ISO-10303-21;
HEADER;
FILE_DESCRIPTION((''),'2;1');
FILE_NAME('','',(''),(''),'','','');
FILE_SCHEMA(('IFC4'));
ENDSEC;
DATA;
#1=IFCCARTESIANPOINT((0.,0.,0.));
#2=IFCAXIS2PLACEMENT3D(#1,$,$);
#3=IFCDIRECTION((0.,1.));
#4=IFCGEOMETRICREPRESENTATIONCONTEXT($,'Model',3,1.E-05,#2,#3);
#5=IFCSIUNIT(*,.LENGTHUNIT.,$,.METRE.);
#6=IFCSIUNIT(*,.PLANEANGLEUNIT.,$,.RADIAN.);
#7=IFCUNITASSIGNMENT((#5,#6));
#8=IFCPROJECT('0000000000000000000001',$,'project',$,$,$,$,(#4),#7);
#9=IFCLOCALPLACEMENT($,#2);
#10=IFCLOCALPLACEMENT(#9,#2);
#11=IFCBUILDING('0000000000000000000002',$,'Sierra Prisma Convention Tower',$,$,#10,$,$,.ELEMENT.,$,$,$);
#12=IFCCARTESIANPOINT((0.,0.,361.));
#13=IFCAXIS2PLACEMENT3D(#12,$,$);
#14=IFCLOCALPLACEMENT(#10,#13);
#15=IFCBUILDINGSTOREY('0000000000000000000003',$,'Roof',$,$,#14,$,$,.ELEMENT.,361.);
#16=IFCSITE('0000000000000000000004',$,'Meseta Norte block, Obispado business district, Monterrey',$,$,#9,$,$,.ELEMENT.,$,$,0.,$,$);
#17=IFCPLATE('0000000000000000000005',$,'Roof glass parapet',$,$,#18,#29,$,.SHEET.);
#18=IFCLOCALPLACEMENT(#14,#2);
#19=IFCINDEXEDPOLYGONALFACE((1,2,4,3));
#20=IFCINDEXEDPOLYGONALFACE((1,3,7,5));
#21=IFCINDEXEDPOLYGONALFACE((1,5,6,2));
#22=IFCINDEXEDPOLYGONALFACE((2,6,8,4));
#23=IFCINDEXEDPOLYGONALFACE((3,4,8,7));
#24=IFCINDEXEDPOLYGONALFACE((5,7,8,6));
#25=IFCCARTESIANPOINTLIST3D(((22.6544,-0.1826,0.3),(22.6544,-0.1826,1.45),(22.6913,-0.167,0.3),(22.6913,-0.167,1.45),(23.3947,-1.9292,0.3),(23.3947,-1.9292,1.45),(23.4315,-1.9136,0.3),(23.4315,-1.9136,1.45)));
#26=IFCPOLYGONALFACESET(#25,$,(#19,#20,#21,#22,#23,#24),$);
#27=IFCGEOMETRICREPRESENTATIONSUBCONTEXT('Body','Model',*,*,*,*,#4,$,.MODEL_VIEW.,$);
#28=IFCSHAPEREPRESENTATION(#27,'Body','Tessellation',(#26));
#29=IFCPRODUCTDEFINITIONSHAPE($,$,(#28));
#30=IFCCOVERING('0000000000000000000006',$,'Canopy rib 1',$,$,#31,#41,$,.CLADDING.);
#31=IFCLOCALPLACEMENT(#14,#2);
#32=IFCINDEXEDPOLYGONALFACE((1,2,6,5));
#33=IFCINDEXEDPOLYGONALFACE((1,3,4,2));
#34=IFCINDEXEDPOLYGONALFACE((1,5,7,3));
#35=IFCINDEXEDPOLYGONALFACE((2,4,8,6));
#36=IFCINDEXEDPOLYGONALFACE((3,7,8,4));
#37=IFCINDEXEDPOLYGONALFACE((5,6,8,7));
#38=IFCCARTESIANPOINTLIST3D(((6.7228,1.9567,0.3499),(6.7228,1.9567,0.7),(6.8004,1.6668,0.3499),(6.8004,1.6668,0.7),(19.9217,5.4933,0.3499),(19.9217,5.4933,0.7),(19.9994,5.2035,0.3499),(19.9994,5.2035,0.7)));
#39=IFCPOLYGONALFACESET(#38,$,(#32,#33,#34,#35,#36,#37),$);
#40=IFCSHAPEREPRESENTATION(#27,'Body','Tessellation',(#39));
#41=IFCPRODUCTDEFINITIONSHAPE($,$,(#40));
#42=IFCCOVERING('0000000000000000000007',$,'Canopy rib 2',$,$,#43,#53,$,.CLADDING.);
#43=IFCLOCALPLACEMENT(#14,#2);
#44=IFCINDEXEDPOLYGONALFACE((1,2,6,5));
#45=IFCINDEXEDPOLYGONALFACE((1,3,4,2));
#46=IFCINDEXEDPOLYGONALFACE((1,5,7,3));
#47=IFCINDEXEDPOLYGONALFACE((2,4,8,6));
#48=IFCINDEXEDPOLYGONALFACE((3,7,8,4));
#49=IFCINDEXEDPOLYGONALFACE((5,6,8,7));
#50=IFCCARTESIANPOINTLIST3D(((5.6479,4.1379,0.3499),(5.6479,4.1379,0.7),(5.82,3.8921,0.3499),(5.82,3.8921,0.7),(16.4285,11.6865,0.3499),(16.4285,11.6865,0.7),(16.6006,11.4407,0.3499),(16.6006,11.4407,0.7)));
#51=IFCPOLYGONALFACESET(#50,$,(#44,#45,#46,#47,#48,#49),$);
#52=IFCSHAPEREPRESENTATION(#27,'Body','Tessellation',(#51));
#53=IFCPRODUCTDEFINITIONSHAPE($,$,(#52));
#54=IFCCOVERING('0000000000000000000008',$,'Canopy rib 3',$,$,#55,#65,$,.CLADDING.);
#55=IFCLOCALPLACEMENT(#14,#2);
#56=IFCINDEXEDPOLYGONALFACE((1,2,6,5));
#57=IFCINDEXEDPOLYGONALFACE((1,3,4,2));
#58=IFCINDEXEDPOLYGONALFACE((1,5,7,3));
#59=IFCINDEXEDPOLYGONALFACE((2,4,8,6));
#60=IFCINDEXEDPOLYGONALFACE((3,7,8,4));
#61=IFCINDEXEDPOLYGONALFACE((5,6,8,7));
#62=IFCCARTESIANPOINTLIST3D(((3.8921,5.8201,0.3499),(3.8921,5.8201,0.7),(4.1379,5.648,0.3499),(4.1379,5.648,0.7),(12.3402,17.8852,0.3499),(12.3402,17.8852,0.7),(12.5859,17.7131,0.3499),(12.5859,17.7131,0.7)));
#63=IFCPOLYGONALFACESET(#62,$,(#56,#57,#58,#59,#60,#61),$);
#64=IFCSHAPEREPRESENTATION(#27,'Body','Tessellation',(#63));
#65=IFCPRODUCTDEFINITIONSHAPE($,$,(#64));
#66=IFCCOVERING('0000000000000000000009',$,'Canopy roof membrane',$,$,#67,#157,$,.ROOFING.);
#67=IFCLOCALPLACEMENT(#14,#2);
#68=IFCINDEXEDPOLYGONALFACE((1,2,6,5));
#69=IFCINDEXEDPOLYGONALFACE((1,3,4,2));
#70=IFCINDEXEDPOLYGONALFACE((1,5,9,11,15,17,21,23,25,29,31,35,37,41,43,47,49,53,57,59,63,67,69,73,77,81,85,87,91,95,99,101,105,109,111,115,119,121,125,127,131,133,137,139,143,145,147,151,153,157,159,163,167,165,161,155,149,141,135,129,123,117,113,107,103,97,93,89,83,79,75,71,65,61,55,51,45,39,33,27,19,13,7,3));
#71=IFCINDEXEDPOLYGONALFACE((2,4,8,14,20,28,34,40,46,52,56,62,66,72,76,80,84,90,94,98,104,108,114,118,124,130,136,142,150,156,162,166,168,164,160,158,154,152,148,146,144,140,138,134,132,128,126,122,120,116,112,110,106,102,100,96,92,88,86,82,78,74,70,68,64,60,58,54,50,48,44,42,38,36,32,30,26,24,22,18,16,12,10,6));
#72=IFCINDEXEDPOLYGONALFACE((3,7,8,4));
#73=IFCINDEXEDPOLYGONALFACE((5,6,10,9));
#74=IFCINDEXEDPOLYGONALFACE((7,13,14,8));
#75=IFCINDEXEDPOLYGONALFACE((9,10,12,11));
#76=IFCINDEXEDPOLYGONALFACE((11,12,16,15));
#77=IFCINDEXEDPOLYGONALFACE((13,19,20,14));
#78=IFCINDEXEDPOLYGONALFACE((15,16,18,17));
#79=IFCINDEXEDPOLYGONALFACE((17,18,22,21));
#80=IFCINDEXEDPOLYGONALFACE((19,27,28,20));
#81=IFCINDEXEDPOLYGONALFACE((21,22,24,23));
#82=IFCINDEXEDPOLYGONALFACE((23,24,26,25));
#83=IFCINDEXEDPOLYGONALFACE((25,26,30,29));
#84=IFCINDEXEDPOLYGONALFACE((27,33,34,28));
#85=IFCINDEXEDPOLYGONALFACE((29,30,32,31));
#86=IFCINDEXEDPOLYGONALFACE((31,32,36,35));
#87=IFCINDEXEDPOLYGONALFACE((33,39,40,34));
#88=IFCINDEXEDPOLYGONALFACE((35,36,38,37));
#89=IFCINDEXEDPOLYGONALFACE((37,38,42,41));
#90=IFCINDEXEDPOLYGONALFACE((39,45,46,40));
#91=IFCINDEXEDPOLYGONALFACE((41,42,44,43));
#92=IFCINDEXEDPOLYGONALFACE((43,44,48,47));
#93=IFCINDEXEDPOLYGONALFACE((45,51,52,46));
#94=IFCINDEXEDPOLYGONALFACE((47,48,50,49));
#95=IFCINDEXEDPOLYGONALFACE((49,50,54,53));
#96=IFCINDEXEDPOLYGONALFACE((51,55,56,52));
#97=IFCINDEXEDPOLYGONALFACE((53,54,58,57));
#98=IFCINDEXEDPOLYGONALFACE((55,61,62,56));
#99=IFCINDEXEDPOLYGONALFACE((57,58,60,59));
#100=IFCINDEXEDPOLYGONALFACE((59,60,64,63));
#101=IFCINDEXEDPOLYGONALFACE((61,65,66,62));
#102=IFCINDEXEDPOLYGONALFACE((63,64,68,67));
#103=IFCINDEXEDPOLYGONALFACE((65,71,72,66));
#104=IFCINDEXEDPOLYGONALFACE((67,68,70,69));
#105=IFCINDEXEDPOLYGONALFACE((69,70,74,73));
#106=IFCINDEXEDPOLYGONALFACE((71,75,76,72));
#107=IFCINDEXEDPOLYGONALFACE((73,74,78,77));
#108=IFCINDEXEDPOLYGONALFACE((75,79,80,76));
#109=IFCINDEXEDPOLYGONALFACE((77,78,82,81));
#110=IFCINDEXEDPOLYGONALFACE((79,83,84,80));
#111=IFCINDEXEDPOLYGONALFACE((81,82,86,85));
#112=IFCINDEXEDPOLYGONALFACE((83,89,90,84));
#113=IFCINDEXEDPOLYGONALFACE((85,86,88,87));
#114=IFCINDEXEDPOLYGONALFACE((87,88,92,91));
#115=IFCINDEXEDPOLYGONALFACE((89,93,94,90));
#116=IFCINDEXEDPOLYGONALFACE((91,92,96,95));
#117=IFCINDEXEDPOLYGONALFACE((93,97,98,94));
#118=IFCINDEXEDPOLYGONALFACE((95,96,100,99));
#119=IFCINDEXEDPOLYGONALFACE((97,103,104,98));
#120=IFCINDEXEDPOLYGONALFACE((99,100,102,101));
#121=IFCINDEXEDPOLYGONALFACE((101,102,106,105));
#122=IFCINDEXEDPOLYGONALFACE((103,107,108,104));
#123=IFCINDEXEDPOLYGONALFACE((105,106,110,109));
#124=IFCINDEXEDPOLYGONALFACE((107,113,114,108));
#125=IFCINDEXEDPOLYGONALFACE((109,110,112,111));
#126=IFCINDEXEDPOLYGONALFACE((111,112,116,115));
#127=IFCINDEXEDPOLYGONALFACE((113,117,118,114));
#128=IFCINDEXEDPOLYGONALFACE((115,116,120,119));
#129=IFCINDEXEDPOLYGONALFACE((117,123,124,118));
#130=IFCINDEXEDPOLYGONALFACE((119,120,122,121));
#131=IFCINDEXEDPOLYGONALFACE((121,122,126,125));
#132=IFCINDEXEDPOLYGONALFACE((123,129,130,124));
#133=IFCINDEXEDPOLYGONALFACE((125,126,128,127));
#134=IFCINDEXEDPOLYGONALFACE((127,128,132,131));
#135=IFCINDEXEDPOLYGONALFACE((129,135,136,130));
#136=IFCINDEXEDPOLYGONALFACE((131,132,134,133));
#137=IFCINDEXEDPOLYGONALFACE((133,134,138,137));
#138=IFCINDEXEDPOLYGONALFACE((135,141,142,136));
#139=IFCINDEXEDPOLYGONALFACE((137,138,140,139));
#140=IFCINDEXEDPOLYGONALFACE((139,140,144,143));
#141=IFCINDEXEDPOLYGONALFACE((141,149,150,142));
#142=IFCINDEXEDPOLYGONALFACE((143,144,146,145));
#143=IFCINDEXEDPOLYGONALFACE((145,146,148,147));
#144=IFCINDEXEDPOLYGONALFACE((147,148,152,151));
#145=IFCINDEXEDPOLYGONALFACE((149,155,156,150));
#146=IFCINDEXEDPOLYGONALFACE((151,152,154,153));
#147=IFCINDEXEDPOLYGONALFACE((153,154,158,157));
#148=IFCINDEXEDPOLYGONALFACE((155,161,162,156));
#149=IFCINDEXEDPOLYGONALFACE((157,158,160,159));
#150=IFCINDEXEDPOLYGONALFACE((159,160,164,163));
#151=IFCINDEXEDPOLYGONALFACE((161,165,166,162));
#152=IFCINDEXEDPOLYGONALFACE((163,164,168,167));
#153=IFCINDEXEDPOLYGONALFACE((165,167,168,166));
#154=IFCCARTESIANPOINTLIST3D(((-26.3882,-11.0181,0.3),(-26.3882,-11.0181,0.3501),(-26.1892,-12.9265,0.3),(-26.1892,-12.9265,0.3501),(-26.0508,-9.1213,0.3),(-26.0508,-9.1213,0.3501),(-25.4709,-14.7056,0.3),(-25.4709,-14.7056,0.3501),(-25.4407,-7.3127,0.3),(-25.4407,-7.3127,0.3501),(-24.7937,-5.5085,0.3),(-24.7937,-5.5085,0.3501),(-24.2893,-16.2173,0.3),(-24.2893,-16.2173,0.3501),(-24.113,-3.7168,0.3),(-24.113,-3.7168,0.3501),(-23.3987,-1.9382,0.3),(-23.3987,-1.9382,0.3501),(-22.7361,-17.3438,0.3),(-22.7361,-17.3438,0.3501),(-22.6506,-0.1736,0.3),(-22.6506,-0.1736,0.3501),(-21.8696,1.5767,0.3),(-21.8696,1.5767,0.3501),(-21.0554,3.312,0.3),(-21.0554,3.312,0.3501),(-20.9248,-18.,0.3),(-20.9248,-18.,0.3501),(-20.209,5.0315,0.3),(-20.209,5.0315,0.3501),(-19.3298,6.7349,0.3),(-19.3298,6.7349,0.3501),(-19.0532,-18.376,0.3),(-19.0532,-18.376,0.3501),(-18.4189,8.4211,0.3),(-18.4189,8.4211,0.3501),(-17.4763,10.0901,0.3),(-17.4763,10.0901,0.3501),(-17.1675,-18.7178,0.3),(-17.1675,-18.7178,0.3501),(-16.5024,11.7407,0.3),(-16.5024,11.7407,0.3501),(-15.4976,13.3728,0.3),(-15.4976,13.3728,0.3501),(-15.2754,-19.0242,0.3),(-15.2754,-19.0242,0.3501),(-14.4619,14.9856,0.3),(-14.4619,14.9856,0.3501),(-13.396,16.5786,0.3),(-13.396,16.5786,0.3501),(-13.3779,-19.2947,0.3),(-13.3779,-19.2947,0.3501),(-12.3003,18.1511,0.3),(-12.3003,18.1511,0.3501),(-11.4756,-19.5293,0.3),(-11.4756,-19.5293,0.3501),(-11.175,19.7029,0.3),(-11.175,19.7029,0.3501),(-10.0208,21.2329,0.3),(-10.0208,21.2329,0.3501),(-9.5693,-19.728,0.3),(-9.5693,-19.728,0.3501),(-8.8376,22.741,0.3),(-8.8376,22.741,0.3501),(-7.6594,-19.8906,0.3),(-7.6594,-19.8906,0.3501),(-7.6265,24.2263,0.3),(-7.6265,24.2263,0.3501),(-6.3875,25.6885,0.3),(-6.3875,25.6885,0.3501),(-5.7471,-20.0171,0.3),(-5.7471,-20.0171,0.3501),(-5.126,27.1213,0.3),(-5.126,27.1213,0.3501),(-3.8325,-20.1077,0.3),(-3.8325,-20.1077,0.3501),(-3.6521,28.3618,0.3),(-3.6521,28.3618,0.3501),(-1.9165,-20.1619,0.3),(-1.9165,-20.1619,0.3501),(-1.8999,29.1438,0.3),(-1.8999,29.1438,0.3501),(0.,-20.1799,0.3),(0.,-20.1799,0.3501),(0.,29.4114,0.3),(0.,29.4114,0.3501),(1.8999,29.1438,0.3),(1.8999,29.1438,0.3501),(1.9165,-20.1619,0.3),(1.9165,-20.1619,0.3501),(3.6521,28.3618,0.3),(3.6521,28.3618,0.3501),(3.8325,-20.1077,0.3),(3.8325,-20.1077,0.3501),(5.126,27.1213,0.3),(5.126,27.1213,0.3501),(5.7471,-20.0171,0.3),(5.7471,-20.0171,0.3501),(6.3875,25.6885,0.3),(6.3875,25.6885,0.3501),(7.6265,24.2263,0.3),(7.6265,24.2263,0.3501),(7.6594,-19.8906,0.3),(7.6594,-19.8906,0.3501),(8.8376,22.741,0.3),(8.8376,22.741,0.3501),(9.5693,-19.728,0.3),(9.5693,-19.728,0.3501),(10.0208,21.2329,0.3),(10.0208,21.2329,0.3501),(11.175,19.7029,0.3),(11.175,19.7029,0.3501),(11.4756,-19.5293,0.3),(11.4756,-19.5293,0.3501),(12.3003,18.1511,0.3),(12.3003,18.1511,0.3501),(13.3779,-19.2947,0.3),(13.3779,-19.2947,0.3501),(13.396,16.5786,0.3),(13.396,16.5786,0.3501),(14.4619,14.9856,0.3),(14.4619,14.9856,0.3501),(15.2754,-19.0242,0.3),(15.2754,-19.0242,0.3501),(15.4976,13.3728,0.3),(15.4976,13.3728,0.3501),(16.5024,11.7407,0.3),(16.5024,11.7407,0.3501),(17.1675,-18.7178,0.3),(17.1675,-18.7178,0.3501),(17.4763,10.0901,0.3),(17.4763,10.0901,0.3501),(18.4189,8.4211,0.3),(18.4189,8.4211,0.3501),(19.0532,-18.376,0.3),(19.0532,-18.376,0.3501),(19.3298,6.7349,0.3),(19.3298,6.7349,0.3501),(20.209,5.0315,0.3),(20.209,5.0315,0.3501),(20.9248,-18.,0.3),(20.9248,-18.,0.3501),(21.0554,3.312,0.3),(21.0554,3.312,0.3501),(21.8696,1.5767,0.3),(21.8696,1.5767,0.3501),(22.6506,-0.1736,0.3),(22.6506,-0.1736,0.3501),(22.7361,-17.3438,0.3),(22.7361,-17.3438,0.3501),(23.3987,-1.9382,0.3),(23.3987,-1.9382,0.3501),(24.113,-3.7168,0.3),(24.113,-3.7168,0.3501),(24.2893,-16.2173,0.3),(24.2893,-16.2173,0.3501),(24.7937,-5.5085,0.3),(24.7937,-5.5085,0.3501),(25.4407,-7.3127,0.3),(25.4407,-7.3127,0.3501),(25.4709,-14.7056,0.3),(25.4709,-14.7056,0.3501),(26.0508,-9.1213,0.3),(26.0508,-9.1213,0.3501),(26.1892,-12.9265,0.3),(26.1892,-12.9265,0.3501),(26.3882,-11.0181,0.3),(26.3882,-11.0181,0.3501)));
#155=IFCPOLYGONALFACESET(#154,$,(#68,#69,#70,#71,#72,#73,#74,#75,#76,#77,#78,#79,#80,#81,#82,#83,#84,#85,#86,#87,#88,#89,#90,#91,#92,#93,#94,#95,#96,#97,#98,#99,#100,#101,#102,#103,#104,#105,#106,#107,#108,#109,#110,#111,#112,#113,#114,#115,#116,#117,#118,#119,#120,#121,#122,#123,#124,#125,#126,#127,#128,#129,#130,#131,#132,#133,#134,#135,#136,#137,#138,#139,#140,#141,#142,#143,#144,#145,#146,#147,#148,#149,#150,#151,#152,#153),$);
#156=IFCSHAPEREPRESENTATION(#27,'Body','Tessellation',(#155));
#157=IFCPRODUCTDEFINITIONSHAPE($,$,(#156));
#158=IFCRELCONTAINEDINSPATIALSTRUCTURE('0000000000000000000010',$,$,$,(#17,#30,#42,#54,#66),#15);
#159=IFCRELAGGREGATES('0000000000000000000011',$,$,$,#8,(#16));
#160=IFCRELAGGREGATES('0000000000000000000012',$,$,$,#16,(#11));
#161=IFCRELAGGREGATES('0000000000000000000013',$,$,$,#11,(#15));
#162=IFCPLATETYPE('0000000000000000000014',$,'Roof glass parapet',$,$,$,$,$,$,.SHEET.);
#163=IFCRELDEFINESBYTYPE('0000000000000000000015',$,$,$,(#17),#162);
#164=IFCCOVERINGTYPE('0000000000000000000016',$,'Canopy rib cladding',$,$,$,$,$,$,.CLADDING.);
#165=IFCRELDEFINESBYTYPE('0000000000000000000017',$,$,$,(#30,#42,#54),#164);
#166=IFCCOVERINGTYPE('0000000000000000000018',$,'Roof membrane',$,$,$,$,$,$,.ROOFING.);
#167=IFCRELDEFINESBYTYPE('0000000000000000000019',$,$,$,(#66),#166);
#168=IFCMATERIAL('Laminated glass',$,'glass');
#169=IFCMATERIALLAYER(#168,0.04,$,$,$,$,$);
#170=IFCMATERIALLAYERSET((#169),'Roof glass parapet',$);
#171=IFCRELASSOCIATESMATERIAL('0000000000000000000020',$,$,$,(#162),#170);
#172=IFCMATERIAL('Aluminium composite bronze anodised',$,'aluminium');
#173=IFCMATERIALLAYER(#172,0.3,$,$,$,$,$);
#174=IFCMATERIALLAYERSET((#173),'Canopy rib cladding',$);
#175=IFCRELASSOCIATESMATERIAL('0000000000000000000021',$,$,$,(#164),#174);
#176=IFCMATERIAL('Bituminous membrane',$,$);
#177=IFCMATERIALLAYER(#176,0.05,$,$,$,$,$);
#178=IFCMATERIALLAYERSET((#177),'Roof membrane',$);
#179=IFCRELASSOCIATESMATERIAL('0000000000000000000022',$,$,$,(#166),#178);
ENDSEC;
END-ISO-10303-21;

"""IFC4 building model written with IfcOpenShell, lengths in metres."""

from ifc_helpers import new_model, si_unit, direction, frame, origin, origin_2d, place, context, subcontext, project, spatial, polyline, rectangle, outline, extrude, material, layer, layer_set, type_object, element, save


model = new_model("IFC4")

# Units and contexts
model_context = context("Model", 3, precision=1e-05, world=origin(), true_north=direction((0.0, 1.0)))
body_context = subcontext(model_context, "Body", "Model", "MODEL_VIEW")
ifc_project = project(units=[si_unit("LENGTHUNIT", "METRE"), si_unit("PLANEANGLEUNIT", "RADIAN")], contexts=[model_context])

# Site, building, storey
site_placement = place(None, origin())
site = spatial("IfcSite", under=ifc_project, at=site_placement, Name="Meseta Norte block, Obispado business district, Monterrey", CompositionType="ELEMENT", RefElevation=0.0)
building_placement = place(site_placement, origin())
building = spatial("IfcBuilding", under=site, at=building_placement, Name="Sierra Prisma Convention Tower", CompositionType="ELEMENT")
storey_placement = place(building_placement, frame((0.0, 0.0, 361.0)))
storey = spatial("IfcBuildingStorey", under=building, at=storey_placement, Name="Roof", CompositionType="ELEMENT", Elevation=361.0)

# Plate
ifc_material_1 = material(Name="Laminated glass", Category="glass")
ifc_layer_1 = layer(ifc_material_1, 0.04)
ifc_layer_set_1 = layer_set([ifc_layer_1], Name="Roof glass parapet")
plate_type = type_object("IfcPlateType", Name="Roof glass parapet", PredefinedType="SHEET", material=ifc_layer_set_1)
for number, where, z_axis, x_axis, name in (
    (1, (23.043, -1.0481, 0.3), (0.0, 0.0, 1.0), (0.39022, -0.920722, 0.0), "Roof glass parapet"),
):
    element("IfcPlate", number, at=place(storey_placement, frame(where, z_axis=z_axis, x_axis=x_axis)), inside=storey, type_object=plate_type, Name=name, PredefinedType="SHEET", context=body_context, shape_type="SweptSolid", body=[
        extrude(rectangle(XDim=1.897, YDim=0.04, at=origin_2d()), origin(), (0.0, 0.0, 1.0), 1.1499),
    ])

# Coverings
ifc_material_2 = material(Name="Aluminium composite bronze anodised", Category="aluminium")
ifc_layer_2 = layer(ifc_material_2, 0.3)
ifc_layer_set_2 = layer_set([ifc_layer_2], Name="Canopy rib cladding")
covering_type_1 = type_object("IfcCoveringType", Name="Canopy rib cladding", PredefinedType="CLADDING", material=ifc_layer_set_2)
covering_1_placement = place(storey_placement, frame((13.3611, 3.5801, 0.3499), z_axis=(0.0, 0.0, 1.0), x_axis=(0.965926, 0.258819, 0.0)))
element("IfcCovering", 2, at=covering_1_placement, inside=storey, type_object=covering_type_1, Name="Canopy rib 1", PredefinedType="CLADDING", context=body_context, shape_type="SweptSolid", body=[
    extrude(rectangle(XDim=13.6646, YDim=0.3, at=origin_2d()), origin(), (0.0, 0.0, 1.0), 0.3501),
])
covering_2_placement = place(storey_placement, frame((11.1243, 7.7893, 0.3499), z_axis=(0.0, 0.0, 1.0), x_axis=(0.819152, 0.573576, 0.0)))
element("IfcCovering", 3, at=covering_2_placement, inside=storey, type_object=covering_type_1, Name="Canopy rib 2", PredefinedType="CLADDING", context=body_context, shape_type="SweptSolid", body=[
    extrude(rectangle(XDim=13.1606, YDim=0.3, at=origin_2d()), origin(), (0.0, 0.0, 1.0), 0.3501),
])
covering_3_placement = place(storey_placement, frame((8.239, 11.7666, 0.3499), z_axis=(0.0, 0.0, 1.0), x_axis=(0.573576, 0.819152, 0.0)))
element("IfcCovering", 4, at=covering_3_placement, inside=storey, type_object=covering_type_1, Name="Canopy rib 3", PredefinedType="CLADDING", context=body_context, shape_type="SweptSolid", body=[
    extrude(rectangle(XDim=14.7288, YDim=0.3, at=origin_2d()), origin(), (0.0, 0.0, 1.0), 0.3501),
])
ifc_material_3 = material(Name="Bituminous membrane")
ifc_layer_3 = layer(ifc_material_3, 0.05)
ifc_layer_set_3 = layer_set([ifc_layer_3], Name="Roof membrane")
covering_type_2 = type_object("IfcCoveringType", Name="Roof membrane", PredefinedType="ROOFING", material=ifc_layer_set_3)
covering_4_placement = place(storey_placement, frame((0.0, 0.0, 0.3)))
element("IfcCovering", 5, at=covering_4_placement, inside=storey, type_object=covering_type_2, Name="Canopy roof membrane", PredefinedType="ROOFING", context=body_context, shape_type="SweptSolid", body=[
    extrude(outline(polyline([(-20.9248, -18.0), (-22.7361, -17.3438), (-24.2893, -16.2173), (-25.4709, -14.7056), (-26.1892, -12.9265), (-26.3882, -11.0181), (-26.0508, -9.1213), (-25.4407, -7.3127), (-24.7937, -5.5085), (-24.113, -3.7168), (-23.3987, -1.9382), (-22.6506, -0.1736), (-21.8696, 1.5767), (-21.0554, 3.312), (-20.209, 5.0315), (-19.3298, 6.7349), (-18.4189, 8.4211), (-17.4763, 10.0901), (-16.5024, 11.7407), (-15.4976, 13.3728), (-14.4619, 14.9856), (-13.396, 16.5786), (-12.3003, 18.1511), (-11.175, 19.7029), (-10.0208, 21.2329), (-8.8376, 22.741), (-7.6265, 24.2263), (-6.3875, 25.6885), (-5.126, 27.1213), (-3.6521, 28.3618), (-1.8999, 29.1438), (0.0, 29.4114), (1.8999, 29.1438), (3.6521, 28.3618), (5.126, 27.1213), (6.3875, 25.6885), (7.6265, 24.2263), (8.8376, 22.741), (10.0208, 21.2329), (11.175, 19.7029), (12.3003, 18.1511), (13.396, 16.5786), (14.4619, 14.9856), (15.4976, 13.3728), (16.5024, 11.7407), (17.4763, 10.0901), (18.4189, 8.4211), (19.3298, 6.7349), (20.209, 5.0315), (21.0554, 3.312), (21.8696, 1.5767), (22.6506, -0.1736), (23.3987, -1.9382), (24.113, -3.7168), (24.7937, -5.5085), (25.4407, -7.3127), (26.0508, -9.1213), (26.3882, -11.0181), (26.1892, -12.9265), (25.4709, -14.7056), (24.2893, -16.2173), (22.7361, -17.3438), (20.9248, -18.0), (19.0532, -18.376), (17.1675, -18.7178), (15.2754, -19.0242), (13.3779, -19.2947), (11.4756, -19.5293), (9.5693, -19.728), (7.6594, -19.8906), (5.7471, -20.0171), (3.8325, -20.1077), (1.9165, -20.1619), (0.0, -20.1799), (-1.9165, -20.1619), (-3.8325, -20.1077), (-5.7471, -20.0171), (-7.6594, -19.8906), (-9.5693, -19.728), (-11.4756, -19.5293), (-13.3779, -19.2947), (-15.2754, -19.0242), (-17.1675, -18.7178), (-19.0532, -18.376), (-20.9248, -18.0)])), origin(), (0.0, 0.0, 1.0), 0.05),
])

save(model, "model.ifc")
